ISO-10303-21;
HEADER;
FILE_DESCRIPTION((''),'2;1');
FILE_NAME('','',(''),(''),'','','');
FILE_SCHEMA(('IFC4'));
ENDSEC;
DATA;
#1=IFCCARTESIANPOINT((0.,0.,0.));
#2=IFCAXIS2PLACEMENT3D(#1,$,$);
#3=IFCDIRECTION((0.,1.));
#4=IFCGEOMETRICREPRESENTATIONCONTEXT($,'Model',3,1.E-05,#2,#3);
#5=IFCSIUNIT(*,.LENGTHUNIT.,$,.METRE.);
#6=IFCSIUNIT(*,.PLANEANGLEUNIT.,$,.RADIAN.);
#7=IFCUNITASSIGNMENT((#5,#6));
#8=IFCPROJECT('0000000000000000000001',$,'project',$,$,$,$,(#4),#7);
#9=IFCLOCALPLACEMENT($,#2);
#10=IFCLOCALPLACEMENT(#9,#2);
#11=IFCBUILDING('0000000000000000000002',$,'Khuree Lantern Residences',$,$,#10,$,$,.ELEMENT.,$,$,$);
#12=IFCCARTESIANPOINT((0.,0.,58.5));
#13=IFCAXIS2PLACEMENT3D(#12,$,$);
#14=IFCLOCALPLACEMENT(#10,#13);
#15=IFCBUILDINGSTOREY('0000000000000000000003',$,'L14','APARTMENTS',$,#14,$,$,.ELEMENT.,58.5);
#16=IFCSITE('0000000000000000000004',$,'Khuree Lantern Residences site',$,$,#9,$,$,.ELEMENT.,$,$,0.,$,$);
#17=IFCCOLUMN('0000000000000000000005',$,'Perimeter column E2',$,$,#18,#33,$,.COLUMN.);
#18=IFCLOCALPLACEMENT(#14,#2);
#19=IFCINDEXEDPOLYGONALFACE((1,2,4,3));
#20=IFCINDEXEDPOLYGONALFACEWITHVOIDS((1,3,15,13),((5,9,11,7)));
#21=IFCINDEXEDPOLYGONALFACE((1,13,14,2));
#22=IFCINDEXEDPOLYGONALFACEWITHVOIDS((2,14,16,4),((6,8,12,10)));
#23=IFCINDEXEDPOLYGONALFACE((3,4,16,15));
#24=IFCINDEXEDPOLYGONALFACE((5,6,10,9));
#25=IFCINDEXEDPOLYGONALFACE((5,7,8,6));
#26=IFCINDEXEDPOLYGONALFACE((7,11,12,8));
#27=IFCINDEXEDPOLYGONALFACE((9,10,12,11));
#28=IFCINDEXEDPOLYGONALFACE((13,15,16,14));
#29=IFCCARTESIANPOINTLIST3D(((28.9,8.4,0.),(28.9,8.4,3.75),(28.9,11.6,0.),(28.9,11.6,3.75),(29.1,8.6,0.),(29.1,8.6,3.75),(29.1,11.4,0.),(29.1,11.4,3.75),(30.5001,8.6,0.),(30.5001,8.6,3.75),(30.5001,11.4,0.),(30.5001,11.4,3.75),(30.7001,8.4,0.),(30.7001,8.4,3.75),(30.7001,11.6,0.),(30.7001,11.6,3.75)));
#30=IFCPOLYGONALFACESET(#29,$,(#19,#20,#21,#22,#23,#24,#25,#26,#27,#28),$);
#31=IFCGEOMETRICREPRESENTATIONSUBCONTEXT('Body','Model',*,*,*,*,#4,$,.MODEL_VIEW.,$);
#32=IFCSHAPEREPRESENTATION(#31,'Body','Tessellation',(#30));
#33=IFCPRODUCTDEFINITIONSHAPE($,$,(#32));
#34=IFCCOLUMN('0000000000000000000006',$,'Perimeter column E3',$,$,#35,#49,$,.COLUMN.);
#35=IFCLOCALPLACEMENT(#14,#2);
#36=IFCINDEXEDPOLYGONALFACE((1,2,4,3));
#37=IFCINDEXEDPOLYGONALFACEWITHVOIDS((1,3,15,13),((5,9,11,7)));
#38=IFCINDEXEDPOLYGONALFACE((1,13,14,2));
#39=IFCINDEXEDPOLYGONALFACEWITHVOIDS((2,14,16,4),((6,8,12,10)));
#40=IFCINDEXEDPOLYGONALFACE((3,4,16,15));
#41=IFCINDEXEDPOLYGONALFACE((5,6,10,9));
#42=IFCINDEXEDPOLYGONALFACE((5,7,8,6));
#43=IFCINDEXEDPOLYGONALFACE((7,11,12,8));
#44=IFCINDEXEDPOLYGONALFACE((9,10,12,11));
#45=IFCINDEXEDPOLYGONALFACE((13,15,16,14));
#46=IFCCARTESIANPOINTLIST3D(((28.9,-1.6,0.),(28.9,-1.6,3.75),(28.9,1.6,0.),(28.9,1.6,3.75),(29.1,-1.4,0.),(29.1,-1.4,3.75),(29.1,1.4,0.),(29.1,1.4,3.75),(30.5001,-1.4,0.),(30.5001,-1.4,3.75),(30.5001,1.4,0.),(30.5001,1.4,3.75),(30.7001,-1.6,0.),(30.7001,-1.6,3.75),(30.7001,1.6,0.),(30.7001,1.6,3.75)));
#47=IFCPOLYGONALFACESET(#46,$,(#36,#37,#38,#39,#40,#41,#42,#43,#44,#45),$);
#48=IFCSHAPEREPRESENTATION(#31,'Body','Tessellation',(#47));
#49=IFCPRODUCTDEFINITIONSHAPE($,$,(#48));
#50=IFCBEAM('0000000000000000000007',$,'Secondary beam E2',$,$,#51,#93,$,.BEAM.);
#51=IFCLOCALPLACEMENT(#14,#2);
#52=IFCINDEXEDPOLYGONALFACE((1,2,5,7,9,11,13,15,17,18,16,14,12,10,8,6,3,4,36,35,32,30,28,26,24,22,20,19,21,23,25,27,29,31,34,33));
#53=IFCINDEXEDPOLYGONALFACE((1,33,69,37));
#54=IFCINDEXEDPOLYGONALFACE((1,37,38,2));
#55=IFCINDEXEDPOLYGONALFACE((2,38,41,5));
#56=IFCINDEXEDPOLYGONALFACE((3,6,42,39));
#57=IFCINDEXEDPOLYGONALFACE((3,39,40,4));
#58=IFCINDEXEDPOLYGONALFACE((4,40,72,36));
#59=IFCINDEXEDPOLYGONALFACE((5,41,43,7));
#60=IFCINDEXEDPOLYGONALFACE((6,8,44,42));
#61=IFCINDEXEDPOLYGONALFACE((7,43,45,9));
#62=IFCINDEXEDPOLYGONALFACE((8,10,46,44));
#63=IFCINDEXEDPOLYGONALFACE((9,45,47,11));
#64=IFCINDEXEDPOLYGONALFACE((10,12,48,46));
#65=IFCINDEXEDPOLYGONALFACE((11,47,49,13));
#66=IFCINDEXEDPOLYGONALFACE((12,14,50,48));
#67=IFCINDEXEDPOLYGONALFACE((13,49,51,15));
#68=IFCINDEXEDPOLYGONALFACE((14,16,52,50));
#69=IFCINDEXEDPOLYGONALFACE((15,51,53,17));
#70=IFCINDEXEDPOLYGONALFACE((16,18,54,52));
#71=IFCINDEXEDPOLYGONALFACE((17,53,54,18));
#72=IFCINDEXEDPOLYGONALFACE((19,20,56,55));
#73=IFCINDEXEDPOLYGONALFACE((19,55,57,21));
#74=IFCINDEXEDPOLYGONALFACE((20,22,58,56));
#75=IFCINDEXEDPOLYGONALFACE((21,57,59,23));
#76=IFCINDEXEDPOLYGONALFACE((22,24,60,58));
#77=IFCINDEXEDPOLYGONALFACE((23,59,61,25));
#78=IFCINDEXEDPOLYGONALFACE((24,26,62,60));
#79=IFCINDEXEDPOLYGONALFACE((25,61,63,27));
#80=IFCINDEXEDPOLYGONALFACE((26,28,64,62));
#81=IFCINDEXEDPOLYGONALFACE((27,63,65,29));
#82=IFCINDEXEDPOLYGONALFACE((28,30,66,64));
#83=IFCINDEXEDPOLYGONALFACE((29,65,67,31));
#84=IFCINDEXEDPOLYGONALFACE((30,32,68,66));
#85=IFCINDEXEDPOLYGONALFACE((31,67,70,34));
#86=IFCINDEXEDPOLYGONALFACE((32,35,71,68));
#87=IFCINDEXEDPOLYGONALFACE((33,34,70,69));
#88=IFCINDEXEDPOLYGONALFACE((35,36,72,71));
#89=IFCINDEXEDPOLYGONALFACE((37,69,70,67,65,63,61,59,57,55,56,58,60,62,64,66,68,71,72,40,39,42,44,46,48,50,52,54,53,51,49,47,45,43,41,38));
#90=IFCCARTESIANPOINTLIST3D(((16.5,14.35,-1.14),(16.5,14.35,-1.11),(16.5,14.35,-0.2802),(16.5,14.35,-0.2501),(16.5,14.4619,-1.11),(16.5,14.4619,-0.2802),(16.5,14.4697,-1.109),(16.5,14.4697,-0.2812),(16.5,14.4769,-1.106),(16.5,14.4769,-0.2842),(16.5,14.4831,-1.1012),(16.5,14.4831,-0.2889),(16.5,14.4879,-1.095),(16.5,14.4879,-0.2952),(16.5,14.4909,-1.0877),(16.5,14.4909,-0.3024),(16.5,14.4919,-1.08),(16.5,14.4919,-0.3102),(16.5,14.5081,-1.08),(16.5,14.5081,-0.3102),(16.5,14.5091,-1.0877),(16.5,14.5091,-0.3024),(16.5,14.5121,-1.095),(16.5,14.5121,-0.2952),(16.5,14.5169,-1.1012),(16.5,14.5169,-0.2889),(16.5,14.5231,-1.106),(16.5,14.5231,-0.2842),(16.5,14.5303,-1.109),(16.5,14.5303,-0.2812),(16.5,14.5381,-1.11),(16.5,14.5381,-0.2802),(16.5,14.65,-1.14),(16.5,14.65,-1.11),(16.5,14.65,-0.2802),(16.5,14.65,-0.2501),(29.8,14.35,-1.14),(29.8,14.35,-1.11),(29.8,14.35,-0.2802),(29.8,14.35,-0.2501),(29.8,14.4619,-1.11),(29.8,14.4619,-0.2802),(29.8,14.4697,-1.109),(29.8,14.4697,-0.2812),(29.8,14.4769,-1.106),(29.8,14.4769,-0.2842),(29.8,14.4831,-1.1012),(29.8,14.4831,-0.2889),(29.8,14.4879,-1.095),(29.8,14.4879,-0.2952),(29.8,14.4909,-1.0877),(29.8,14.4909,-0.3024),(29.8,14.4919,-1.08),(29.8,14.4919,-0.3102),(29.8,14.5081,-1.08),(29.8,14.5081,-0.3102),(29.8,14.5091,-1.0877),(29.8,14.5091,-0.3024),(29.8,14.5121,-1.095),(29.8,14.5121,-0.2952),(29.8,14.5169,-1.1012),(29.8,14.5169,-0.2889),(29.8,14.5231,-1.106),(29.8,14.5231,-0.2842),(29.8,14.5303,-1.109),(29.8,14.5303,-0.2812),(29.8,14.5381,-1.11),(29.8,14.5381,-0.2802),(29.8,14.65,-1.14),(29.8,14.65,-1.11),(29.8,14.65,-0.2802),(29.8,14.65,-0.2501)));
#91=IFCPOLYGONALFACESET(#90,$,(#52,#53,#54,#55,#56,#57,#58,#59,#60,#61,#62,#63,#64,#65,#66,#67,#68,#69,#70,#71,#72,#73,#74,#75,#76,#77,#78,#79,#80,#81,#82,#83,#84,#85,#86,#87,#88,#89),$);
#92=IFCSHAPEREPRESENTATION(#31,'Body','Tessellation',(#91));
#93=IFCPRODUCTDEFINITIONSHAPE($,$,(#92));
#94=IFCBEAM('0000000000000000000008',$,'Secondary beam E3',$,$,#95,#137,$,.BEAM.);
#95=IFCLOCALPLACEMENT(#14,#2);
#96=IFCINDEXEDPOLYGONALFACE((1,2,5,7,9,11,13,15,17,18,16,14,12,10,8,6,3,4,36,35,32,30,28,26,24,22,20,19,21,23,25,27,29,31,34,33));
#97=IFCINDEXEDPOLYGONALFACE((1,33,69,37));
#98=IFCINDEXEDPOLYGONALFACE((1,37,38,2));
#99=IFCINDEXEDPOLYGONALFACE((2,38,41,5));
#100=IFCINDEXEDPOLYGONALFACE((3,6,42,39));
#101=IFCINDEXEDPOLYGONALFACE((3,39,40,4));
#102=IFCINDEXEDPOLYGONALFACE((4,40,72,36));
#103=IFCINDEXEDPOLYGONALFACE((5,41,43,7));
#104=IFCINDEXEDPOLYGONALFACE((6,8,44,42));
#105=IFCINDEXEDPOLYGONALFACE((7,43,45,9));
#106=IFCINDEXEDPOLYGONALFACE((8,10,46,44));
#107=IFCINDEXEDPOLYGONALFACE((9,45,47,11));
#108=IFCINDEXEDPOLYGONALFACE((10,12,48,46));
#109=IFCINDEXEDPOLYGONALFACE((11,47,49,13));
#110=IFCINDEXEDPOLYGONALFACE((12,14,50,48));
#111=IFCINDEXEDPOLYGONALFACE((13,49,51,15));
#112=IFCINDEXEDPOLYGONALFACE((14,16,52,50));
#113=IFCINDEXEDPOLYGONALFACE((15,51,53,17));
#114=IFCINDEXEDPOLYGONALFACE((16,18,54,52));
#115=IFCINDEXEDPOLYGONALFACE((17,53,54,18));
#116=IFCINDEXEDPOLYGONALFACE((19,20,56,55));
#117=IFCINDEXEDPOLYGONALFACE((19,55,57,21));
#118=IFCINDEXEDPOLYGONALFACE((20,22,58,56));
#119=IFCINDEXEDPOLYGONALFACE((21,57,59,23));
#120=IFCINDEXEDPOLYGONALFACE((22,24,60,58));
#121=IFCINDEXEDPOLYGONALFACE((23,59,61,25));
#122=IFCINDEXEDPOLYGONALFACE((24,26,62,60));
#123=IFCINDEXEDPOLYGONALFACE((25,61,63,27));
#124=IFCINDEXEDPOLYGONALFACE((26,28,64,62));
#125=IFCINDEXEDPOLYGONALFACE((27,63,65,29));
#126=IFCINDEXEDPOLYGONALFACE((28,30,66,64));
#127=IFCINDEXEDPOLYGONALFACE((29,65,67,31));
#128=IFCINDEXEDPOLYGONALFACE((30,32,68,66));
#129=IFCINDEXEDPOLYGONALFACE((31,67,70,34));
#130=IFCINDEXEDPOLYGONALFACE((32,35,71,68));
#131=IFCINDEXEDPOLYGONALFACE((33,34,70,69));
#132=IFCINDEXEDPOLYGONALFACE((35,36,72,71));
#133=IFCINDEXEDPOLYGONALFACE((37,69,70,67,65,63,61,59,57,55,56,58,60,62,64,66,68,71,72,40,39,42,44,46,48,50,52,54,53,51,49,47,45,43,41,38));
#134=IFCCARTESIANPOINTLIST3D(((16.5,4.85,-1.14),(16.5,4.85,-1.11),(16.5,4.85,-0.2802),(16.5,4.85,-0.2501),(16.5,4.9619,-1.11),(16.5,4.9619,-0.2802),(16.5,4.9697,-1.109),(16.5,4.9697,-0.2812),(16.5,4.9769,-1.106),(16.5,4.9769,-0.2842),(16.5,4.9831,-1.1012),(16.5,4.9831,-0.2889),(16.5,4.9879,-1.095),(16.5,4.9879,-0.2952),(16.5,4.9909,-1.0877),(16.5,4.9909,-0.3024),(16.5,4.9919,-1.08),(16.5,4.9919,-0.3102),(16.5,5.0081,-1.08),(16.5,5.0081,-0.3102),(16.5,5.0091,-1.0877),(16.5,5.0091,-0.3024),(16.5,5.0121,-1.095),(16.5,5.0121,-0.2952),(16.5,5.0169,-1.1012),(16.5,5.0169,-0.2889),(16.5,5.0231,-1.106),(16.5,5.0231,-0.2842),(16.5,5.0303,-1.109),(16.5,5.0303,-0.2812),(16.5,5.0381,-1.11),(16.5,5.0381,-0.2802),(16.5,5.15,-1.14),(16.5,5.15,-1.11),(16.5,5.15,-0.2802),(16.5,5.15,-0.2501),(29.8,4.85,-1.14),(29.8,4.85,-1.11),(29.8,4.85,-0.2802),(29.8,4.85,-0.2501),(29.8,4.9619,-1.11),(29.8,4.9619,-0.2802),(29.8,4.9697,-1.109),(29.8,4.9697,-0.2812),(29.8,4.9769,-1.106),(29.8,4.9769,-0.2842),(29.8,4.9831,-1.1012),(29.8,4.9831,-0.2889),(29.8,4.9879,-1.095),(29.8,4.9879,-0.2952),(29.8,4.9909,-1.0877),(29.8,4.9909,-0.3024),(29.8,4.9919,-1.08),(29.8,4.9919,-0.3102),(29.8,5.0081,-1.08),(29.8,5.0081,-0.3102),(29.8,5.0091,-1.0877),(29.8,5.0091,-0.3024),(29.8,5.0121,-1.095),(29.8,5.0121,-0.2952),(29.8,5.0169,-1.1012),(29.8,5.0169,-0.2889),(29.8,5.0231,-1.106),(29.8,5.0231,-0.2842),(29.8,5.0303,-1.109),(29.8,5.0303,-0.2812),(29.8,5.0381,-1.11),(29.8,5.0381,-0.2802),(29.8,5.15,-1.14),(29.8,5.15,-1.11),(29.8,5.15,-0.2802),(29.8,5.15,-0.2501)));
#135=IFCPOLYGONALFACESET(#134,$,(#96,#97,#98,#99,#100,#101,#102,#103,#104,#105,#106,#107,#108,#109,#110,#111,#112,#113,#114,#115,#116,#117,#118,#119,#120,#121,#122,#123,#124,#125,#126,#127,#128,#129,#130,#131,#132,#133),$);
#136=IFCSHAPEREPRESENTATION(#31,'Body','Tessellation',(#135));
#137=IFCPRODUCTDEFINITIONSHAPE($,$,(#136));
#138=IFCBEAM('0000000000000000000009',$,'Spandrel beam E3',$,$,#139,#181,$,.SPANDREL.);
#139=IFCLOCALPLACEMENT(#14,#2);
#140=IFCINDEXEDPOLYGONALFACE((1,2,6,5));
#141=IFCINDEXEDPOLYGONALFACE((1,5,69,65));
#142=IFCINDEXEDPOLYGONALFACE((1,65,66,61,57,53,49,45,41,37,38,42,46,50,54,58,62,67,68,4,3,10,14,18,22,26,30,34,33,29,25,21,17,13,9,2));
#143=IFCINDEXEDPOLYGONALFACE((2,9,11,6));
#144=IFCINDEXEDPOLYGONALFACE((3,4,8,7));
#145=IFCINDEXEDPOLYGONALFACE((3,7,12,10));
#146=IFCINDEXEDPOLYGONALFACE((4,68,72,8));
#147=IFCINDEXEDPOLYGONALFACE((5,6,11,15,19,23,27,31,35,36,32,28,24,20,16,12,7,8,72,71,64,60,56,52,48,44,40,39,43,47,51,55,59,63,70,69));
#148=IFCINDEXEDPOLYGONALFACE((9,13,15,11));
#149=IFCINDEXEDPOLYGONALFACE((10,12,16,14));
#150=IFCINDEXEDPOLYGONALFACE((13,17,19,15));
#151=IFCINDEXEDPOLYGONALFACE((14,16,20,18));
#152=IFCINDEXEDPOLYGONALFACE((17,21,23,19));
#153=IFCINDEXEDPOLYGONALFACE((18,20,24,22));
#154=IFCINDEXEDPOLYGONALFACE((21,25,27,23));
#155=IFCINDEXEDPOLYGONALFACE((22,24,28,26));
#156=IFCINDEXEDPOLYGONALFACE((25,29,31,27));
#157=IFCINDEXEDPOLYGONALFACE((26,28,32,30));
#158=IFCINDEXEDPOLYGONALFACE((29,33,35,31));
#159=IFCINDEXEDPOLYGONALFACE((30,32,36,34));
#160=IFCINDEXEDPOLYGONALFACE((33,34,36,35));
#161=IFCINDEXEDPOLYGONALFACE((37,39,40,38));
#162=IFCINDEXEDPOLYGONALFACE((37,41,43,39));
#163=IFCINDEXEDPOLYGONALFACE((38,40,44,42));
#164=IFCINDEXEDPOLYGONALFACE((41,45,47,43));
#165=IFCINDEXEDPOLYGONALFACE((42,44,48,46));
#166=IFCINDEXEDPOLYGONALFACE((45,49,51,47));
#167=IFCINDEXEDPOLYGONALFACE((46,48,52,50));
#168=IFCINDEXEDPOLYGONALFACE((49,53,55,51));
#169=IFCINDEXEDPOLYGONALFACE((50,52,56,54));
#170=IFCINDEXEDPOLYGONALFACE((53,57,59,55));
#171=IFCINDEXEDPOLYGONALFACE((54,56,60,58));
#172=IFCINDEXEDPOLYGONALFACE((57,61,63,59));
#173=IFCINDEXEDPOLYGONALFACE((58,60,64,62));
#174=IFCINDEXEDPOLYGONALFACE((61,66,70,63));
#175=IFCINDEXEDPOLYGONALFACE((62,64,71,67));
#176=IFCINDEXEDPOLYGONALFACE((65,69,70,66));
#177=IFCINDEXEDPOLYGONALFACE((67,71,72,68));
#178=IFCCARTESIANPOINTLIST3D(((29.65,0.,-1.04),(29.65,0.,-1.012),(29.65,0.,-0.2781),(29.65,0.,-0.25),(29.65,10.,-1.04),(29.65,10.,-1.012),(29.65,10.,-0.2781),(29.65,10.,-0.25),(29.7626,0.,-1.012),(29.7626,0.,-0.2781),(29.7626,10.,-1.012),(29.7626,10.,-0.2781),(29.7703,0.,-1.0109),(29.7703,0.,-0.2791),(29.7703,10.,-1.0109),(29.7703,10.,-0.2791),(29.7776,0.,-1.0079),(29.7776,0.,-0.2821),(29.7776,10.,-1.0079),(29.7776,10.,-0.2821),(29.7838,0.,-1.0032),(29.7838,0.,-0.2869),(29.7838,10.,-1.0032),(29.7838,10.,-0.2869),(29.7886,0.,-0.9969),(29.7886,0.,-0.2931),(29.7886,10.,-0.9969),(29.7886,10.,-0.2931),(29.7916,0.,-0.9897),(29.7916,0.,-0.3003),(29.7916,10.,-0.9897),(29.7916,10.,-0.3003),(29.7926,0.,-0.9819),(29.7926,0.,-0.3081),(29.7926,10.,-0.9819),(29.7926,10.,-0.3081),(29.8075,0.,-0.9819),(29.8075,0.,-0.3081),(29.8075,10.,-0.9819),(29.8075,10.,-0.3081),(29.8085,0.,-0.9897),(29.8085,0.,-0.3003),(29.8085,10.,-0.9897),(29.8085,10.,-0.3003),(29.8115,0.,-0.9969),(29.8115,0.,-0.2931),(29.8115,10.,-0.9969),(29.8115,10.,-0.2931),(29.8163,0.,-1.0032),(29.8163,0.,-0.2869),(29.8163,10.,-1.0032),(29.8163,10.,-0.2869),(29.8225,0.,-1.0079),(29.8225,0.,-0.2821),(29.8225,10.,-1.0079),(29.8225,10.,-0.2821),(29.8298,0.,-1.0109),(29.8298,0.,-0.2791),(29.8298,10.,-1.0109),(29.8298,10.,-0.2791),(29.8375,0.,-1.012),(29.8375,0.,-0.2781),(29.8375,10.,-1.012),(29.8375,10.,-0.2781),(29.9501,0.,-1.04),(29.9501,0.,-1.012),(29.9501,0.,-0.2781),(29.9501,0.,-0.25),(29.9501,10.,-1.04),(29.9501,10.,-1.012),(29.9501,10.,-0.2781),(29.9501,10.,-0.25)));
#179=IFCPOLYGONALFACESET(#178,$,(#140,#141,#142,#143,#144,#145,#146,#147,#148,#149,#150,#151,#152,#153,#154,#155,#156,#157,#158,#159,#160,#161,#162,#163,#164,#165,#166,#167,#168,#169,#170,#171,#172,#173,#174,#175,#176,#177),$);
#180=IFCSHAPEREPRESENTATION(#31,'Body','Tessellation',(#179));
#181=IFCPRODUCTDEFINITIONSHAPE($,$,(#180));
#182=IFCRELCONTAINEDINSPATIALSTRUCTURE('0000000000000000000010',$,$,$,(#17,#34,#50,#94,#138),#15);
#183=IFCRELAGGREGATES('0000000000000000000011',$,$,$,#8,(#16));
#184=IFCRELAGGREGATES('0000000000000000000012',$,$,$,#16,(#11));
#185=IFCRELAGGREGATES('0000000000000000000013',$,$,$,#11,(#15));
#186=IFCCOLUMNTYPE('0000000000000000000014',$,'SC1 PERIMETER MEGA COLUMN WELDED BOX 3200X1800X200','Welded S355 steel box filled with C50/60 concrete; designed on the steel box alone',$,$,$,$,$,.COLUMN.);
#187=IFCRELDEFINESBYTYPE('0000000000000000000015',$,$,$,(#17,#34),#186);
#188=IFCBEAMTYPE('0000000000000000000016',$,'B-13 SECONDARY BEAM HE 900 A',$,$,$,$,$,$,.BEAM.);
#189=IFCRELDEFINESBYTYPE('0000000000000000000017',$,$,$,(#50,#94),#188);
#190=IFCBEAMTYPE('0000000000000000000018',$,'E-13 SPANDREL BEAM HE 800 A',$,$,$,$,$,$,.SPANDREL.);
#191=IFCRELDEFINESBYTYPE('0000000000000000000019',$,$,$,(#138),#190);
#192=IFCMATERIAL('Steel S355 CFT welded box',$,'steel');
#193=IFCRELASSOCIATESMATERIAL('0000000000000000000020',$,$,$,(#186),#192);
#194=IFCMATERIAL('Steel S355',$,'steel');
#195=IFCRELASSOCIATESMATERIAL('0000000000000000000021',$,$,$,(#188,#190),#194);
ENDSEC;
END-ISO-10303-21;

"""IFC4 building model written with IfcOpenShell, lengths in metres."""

from ifc_helpers import new_model, si_unit, direction, frame, origin, origin_2d, place, context, subcontext, project, spatial, hollow_rectangle, i_section, extrude, material, material_profile, profile_set, type_object, element, save


model = new_model("IFC4")

# Units and contexts
model_context = context("Model", 3, precision=1e-05, world=origin(), true_north=direction((0.0, 1.0)))
body_context = subcontext(model_context, "Body", "Model", "MODEL_VIEW")
ifc_project = project(units=[si_unit("LENGTHUNIT", "METRE"), si_unit("PLANEANGLEUNIT", "RADIAN")], contexts=[model_context])

# Site, building, storey
site_placement = place(None, origin())
site = spatial("IfcSite", under=ifc_project, at=site_placement, Name="Khuree Lantern Residences site", CompositionType="ELEMENT", RefElevation=0.0)
building_placement = place(site_placement, origin())
building = spatial("IfcBuilding", under=site, at=building_placement, Name="Khuree Lantern Residences", CompositionType="ELEMENT")
storey_placement = place(building_placement, frame((0.0, 0.0, 58.5)))
storey = spatial("IfcBuildingStorey", under=building, at=storey_placement, Name="L14", Description="APARTMENTS", CompositionType="ELEMENT", Elevation=58.5)

# Columns
ifc_material_1 = material(Name="Steel S355 CFT welded box", Category="steel")
ifc_material_profile_1 = material_profile(ifc_material_1, hollow_rectangle(XDim=3.2, YDim=1.8, WallThickness=0.2, at=origin_2d()), Name="WELDED BOX 3200X1800X200")
ifc_profile_set_1 = profile_set([ifc_material_profile_1], Name="Steel S355 CFT welded box")
column_type = type_object("IfcColumnType", Name="SC1 PERIMETER MEGA COLUMN WELDED BOX 3200X1800X200", Description="Welded S355 steel box filled with C50/60 concrete; designed on the steel box alone", PredefinedType="COLUMN", material=ifc_profile_set_1)
for number, where, z_axis, x_axis, name in (
    (1, (29.8, 10.0, 0.0), (0.0, 0.0, 1.0), (0.0, 1.0, 0.0), "Perimeter column E2"),
    (2, (29.8, 0.0, 0.0), (0.0, 0.0, 1.0), (0.0, 1.0, 0.0), "Perimeter column E3"),
):
    element("IfcColumn", number, at=place(storey_placement, frame(where, z_axis=z_axis, x_axis=x_axis)), inside=storey, type_object=column_type, Name=name, PredefinedType="COLUMN", context=body_context, shape_type="SweptSolid", body=[
        extrude(hollow_rectangle(XDim=3.2, YDim=1.8, WallThickness=0.2, at=origin_2d()), origin(), (0.0, 0.0, 1.0), 3.75),
    ])

# Beams
ifc_material_2 = material(Name="Steel S355", Category="steel")
ifc_material_profile_2 = material_profile(ifc_material_2, i_section(OverallWidth=0.3, OverallDepth=0.8899, WebThickness=0.0161, FlangeThickness=0.03, FilletRadius=0.03, at=origin_2d()), Name="HE 900 A")
ifc_profile_set_2 = profile_set([ifc_material_profile_2], Name="Steel S355")
beam_type_1 = type_object("IfcBeamType", Name="B-13 SECONDARY BEAM HE 900 A", PredefinedType="BEAM", material=ifc_profile_set_2)
for number, where, z_axis, x_axis, name in (
    (3, (29.8, 14.5, -0.6951), (-1.0, 0.0, 0.0), (0.0, -1.0, 0.0), "Secondary beam E2"),
    (4, (29.8, 5.0, -0.6951), (-1.0, 0.0, 0.0), (0.0, -1.0, 0.0), "Secondary beam E3"),
):
    element("IfcBeam", number, at=place(storey_placement, frame(where, z_axis=z_axis, x_axis=x_axis)), inside=storey, type_object=beam_type_1, Name=name, PredefinedType="BEAM", context=body_context, shape_type="SweptSolid", body=[
        extrude(i_section(OverallWidth=0.3, OverallDepth=0.8899, WebThickness=0.0161, FlangeThickness=0.03, FilletRadius=0.03, at=origin_2d()), origin(), (0.0, 0.0, 1.0), 13.3),
    ])
ifc_material_profile_3 = material_profile(ifc_material_2, i_section(OverallWidth=0.3, OverallDepth=0.79, WebThickness=0.0149, FlangeThickness=0.0281, FilletRadius=0.03, at=origin_2d()), Name="HE 800 A")
ifc_profile_set_3 = profile_set([ifc_material_profile_3], Name="Steel S355")
beam_type_2 = type_object("IfcBeamType", Name="E-13 SPANDREL BEAM HE 800 A", PredefinedType="SPANDREL", material=ifc_profile_set_3)
for number, where, z_axis, x_axis, name in (
    (5, (29.8, 10.0, -0.645), (0.0, -1.0, 0.0), (1.0, 0.0, 0.0), "Spandrel beam E3"),
):
    element("IfcBeam", number, at=place(storey_placement, frame(where, z_axis=z_axis, x_axis=x_axis)), inside=storey, type_object=beam_type_2, Name=name, PredefinedType="SPANDREL", context=body_context, shape_type="SweptSolid", body=[
        extrude(i_section(OverallWidth=0.3, OverallDepth=0.79, WebThickness=0.0149, FlangeThickness=0.0281, FilletRadius=0.03, at=origin_2d()), origin(), (0.0, 0.0, 1.0), 10.0),
    ])

save(model, "model.ifc")
